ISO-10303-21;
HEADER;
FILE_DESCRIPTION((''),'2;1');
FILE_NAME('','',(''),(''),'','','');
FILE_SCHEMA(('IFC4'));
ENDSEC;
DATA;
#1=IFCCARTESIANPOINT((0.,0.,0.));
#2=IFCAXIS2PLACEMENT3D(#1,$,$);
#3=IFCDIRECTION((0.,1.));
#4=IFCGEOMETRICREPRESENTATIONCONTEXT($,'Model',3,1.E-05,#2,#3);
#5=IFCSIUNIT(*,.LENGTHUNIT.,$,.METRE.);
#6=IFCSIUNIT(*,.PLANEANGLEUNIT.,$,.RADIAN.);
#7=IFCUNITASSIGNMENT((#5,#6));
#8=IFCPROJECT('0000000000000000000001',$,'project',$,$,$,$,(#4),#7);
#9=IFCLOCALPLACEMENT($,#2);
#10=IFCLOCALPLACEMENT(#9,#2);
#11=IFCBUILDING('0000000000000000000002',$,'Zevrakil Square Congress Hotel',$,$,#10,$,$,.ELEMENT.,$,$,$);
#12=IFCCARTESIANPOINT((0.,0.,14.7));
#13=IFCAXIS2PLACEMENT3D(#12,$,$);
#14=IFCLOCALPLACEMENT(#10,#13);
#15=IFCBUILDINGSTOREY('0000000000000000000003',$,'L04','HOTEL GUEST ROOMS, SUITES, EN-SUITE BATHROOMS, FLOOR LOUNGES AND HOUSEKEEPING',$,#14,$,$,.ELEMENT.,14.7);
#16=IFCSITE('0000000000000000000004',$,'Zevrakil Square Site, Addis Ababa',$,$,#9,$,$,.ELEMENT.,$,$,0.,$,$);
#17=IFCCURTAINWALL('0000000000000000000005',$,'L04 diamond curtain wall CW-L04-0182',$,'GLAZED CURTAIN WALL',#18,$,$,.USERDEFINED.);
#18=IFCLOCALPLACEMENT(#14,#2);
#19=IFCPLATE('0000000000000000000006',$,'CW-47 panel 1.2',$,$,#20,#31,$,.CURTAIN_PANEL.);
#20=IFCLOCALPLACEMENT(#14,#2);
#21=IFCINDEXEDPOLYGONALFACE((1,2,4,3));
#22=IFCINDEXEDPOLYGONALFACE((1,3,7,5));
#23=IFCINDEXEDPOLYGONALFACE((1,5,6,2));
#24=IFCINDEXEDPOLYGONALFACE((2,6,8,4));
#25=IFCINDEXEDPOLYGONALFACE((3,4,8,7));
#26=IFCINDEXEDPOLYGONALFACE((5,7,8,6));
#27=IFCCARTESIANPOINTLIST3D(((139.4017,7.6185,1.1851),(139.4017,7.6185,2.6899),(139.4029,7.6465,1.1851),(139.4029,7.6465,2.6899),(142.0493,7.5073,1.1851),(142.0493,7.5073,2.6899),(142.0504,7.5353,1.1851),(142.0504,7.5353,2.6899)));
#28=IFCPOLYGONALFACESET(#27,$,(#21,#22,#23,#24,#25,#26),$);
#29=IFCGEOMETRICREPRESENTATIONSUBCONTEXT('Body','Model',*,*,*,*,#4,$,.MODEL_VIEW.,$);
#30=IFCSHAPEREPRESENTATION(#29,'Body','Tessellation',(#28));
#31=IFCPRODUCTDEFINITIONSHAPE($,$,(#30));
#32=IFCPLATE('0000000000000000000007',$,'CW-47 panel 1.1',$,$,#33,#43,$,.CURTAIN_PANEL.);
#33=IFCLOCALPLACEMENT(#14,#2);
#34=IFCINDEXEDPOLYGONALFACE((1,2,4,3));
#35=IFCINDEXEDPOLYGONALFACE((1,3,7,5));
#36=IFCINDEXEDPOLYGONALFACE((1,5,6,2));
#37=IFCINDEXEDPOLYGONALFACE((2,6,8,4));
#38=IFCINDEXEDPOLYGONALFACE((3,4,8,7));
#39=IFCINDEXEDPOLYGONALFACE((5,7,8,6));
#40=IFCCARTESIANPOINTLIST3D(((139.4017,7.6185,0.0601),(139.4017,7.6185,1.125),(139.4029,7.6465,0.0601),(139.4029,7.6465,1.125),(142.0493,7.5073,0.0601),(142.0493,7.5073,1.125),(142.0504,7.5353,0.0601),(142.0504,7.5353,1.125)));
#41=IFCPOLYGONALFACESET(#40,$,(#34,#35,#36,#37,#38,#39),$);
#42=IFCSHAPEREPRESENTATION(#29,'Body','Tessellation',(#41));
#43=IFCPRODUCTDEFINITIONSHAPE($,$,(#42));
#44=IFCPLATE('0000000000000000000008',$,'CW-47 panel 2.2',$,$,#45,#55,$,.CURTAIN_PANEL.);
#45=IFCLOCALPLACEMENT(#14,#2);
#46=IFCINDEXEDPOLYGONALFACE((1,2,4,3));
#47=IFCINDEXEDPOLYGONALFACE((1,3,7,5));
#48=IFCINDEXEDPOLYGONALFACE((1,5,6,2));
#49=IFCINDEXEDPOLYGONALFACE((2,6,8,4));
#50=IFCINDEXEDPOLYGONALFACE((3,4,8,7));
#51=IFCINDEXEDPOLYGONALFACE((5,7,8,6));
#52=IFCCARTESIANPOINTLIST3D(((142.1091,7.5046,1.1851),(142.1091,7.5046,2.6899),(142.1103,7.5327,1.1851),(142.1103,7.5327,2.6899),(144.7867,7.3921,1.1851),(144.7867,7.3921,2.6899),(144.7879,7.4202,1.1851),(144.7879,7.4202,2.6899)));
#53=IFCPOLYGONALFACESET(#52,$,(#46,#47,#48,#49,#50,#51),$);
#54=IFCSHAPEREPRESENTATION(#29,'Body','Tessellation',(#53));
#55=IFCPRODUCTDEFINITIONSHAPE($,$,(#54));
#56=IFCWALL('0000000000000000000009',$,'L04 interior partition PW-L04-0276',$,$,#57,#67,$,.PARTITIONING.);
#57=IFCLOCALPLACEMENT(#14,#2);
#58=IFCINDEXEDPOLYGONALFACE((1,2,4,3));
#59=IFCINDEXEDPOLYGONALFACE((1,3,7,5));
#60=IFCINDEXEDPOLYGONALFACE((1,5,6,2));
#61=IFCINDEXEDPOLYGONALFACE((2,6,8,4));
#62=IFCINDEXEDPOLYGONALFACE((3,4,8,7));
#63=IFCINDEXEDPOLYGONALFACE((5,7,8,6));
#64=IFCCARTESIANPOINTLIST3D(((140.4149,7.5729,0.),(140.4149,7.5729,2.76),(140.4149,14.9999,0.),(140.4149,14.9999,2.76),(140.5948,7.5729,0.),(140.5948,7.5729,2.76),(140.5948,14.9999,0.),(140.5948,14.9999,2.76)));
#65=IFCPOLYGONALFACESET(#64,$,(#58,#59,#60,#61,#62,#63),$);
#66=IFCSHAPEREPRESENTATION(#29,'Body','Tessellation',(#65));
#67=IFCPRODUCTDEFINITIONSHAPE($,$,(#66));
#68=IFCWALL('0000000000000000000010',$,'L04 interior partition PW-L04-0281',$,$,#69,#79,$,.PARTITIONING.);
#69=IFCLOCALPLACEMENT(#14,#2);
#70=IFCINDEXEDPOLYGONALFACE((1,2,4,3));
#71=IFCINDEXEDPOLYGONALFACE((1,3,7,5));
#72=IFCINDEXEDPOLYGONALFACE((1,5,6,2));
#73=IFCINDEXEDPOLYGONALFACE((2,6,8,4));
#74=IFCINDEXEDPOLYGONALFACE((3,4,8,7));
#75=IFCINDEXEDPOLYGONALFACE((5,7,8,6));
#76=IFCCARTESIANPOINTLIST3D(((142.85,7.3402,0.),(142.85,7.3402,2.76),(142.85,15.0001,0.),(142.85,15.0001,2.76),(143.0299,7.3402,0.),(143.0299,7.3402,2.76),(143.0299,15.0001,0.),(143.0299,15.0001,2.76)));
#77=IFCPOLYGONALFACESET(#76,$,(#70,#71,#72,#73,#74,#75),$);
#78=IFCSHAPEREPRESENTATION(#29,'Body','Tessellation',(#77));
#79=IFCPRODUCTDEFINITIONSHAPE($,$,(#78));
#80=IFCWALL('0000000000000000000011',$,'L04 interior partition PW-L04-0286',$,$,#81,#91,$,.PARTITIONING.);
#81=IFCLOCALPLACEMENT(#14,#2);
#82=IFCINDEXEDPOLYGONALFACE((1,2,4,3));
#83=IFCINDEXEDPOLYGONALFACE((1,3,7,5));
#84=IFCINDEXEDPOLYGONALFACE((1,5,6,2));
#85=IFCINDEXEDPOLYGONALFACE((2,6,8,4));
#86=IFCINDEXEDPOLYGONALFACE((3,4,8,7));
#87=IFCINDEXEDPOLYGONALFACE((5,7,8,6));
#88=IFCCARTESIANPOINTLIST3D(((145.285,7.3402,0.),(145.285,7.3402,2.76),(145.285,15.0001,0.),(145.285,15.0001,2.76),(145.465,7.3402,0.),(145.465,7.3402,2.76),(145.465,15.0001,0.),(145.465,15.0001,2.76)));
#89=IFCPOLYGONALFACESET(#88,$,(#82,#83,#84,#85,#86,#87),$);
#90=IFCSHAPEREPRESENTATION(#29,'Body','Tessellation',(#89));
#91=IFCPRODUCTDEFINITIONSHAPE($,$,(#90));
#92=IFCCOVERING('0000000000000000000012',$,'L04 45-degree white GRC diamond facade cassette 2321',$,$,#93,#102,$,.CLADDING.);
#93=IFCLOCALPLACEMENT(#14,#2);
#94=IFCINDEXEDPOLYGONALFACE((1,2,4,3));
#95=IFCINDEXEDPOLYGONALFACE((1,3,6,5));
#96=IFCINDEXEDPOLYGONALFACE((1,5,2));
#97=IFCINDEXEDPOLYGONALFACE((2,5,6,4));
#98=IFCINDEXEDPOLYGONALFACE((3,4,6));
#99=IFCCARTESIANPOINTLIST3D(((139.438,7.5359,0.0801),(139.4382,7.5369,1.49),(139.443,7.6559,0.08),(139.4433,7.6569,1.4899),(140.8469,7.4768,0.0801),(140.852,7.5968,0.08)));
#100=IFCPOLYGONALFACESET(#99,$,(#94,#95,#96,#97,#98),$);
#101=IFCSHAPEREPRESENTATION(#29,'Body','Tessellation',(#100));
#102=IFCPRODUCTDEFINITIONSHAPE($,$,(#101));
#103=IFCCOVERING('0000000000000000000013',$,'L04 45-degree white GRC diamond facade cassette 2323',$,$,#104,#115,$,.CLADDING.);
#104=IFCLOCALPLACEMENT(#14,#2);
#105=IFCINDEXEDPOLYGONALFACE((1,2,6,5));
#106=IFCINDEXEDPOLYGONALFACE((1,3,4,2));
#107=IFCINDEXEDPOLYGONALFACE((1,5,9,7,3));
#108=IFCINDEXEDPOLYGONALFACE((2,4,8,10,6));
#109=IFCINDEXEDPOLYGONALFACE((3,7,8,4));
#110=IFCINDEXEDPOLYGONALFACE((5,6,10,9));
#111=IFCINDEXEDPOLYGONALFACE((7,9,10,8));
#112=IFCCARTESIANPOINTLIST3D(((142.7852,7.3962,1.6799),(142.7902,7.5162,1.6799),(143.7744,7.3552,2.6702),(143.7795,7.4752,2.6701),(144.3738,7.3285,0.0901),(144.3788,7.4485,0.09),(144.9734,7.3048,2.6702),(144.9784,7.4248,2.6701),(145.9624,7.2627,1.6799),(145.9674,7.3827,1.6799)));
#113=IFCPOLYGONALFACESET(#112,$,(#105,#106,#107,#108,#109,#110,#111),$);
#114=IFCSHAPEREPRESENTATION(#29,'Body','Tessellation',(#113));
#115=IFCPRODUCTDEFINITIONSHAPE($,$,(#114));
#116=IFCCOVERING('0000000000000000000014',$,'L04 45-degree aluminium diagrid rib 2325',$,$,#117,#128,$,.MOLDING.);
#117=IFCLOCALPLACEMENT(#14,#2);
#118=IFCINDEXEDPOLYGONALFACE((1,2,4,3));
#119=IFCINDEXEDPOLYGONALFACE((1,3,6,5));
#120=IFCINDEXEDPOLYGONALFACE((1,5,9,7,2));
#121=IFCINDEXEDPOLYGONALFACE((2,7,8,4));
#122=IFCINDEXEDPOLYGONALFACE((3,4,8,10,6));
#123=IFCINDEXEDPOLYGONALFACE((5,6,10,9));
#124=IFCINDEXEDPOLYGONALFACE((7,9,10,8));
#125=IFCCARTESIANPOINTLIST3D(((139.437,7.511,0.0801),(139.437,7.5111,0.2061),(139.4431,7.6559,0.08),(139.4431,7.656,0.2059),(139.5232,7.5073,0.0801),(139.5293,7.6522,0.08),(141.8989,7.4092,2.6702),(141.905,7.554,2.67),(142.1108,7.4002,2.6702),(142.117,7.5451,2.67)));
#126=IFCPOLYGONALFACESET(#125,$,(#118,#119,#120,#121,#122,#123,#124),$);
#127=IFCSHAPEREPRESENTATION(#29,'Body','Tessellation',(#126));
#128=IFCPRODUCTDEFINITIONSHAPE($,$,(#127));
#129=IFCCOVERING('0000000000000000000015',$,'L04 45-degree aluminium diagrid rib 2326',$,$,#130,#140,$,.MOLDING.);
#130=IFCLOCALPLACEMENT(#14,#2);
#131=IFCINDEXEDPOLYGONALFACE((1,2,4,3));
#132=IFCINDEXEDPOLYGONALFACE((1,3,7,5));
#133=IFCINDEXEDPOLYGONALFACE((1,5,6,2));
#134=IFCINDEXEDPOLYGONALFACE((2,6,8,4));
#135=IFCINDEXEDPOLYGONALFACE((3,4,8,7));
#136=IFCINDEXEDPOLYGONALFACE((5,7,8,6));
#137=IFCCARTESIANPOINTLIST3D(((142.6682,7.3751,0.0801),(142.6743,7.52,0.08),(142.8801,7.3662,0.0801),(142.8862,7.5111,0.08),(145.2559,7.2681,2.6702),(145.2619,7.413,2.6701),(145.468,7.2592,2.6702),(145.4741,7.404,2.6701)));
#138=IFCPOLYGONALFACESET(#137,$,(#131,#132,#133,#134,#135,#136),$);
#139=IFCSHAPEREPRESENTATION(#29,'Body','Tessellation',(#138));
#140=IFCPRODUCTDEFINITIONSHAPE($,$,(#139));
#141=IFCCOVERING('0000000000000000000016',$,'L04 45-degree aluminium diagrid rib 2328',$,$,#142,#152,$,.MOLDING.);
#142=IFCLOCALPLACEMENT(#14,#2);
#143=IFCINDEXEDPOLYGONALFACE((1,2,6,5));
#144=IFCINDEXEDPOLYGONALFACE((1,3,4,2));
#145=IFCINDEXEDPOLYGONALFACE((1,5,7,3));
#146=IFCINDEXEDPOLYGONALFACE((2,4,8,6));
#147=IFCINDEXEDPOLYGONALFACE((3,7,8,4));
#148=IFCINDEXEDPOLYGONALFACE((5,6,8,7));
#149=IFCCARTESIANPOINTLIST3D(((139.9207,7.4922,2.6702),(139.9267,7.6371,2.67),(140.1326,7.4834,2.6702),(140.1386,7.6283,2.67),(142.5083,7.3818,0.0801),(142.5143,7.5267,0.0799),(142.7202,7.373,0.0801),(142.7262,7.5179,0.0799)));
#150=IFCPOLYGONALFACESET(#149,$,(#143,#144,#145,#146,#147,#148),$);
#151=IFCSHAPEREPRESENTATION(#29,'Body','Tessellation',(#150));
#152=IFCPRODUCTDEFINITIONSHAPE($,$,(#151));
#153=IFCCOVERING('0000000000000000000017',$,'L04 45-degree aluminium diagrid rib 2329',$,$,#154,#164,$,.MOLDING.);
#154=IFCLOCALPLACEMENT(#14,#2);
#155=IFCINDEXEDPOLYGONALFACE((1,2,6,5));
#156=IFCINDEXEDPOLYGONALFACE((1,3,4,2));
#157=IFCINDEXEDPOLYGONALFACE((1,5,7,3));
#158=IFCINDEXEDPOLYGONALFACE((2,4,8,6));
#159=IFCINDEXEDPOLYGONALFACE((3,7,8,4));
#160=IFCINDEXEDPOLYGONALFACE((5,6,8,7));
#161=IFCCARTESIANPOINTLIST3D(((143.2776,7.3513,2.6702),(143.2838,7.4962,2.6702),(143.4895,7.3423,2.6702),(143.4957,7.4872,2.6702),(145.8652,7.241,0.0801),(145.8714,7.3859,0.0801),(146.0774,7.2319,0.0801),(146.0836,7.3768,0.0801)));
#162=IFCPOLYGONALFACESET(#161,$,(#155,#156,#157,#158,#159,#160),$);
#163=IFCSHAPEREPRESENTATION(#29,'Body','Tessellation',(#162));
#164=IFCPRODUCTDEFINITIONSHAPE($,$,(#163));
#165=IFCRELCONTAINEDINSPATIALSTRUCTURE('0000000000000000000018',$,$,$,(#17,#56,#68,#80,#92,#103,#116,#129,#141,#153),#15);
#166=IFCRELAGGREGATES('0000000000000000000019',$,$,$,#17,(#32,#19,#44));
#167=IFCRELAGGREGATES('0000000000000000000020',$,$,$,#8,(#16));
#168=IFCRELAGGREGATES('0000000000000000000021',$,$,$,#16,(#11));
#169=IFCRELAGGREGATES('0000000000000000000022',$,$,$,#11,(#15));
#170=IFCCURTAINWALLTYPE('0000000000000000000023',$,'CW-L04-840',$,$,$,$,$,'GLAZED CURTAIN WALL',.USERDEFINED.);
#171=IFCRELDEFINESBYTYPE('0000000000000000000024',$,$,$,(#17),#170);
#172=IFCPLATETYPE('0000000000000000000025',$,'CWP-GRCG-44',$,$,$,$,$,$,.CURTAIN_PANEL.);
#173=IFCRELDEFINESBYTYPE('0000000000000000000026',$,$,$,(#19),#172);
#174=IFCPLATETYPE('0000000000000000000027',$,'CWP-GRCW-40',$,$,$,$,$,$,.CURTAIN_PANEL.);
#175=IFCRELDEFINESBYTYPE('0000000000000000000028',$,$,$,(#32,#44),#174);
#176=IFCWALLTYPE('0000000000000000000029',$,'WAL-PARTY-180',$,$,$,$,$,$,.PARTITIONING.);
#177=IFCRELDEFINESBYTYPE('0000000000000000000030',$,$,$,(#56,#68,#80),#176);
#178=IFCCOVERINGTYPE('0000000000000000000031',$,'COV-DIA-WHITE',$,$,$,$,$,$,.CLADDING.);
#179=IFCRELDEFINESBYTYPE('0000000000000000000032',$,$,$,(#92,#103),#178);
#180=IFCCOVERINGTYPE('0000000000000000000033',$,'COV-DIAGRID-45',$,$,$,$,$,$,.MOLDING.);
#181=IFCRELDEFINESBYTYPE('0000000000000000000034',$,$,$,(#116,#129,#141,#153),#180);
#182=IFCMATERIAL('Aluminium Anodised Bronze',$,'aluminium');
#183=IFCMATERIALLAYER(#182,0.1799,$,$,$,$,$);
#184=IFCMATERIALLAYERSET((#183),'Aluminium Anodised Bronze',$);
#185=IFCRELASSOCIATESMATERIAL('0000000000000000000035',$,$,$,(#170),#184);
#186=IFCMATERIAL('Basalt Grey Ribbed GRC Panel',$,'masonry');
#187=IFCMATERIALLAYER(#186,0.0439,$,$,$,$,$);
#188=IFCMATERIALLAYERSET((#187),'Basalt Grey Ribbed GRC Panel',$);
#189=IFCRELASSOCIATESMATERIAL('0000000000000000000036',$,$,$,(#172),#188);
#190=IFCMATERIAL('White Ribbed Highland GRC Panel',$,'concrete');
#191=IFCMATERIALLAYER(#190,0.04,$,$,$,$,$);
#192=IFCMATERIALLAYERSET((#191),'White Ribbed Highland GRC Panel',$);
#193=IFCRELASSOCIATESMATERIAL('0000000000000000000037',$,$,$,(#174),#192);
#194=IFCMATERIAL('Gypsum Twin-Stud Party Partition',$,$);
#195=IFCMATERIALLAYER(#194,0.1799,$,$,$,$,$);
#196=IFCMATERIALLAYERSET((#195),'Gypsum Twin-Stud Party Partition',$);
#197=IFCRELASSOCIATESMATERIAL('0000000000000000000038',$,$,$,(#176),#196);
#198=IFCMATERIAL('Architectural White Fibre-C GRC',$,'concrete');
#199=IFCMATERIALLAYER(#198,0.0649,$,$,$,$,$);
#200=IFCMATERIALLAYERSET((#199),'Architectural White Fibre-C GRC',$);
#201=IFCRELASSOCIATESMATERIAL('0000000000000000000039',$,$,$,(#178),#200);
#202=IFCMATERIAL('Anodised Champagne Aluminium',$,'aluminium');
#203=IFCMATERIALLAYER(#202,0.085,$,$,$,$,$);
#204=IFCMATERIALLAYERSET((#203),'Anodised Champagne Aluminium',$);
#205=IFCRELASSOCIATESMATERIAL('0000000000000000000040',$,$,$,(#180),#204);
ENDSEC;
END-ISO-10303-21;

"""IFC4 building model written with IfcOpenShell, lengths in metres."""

from ifc_helpers import new_model, si_unit, direction, frame, frame_2d, origin, origin_2d, place, context, subcontext, project, spatial, polyline, rectangle, outline, extrude, material, layer, layer_set, type_object, element, aggregate, save


model = new_model("IFC4")

# Units and contexts
model_context = context("Model", 3, precision=1e-05, world=origin(), true_north=direction((0.0, 1.0)))
body_context = subcontext(model_context, "Body", "Model", "MODEL_VIEW")
ifc_project = project(units=[si_unit("LENGTHUNIT", "METRE"), si_unit("PLANEANGLEUNIT", "RADIAN")], contexts=[model_context])

# Site, building, storey
site_placement = place(None, origin())
site = spatial("IfcSite", under=ifc_project, at=site_placement, Name="Zevrakil Square Site, Addis Ababa", CompositionType="ELEMENT", RefElevation=0.0)
building_placement = place(site_placement, origin())
building = spatial("IfcBuilding", under=site, at=building_placement, Name="Zevrakil Square Congress Hotel", CompositionType="ELEMENT")
storey_placement = place(building_placement, frame((0.0, 0.0, 14.7)))
storey = spatial("IfcBuildingStorey", under=building, at=storey_placement, Name="L04", Description="HOTEL GUEST ROOMS, SUITES, EN-SUITE BATHROOMS, FLOOR LOUNGES AND HOUSEKEEPING", CompositionType="ELEMENT", Elevation=14.7)

# Curtain wall
ifc_material_1 = material(Name="Aluminium Anodised Bronze", Category="aluminium")
ifc_layer_1 = layer(ifc_material_1, 0.1799)
ifc_layer_set_1 = layer_set([ifc_layer_1], Name="Aluminium Anodised Bronze")
curtain_wall_type_1 = type_object("IfcCurtainWallType", Name="CW-L04-840", ElementType="GLAZED CURTAIN WALL", PredefinedType="USERDEFINED", material=ifc_layer_set_1)
curtain_wall_1_placement = place(storey_placement, origin())
curtain_wall_1 = element("IfcCurtainWall", 1, at=curtain_wall_1_placement, inside=storey, type_object=curtain_wall_type_1, Name="L04 diamond curtain wall CW-L04-0182", ObjectType="GLAZED CURTAIN WALL", PredefinedType="USERDEFINED")

# Plates
ifc_material_2 = material(Name="Basalt Grey Ribbed GRC Panel", Category="masonry")
ifc_layer_2 = layer(ifc_material_2, 0.0439)
ifc_layer_set_2 = layer_set([ifc_layer_2], Name="Basalt Grey Ribbed GRC Panel")
plate_type_1 = type_object("IfcPlateType", Name="CWP-GRCG-44", PredefinedType="CURTAIN_PANEL", material=ifc_layer_set_2)
plate_1_placement = place(storey_placement, frame((140.7261, 7.5769, 1.1851), z_axis=(0.0, 0.0, 1.0), x_axis=(0.999119, -0.041971, 0.0)))
plate_1 = element("IfcPlate", 2, at=plate_1_placement, type_object=plate_type_1, Name="CW-47 panel 1.2", PredefinedType="CURTAIN_PANEL", context=body_context, shape_type="SweptSolid", body=[
    extrude(rectangle(XDim=2.6499, YDim=0.0281, at=origin_2d()), origin(), (0.0, 0.0, 1.0), 1.5049),
])
ifc_material_3 = material(Name="White Ribbed Highland GRC Panel", Category="concrete")
ifc_layer_3 = layer(ifc_material_3, 0.04)
ifc_layer_set_3 = layer_set([ifc_layer_3], Name="White Ribbed Highland GRC Panel")
plate_type_2 = type_object("IfcPlateType", Name="CWP-GRCW-40", PredefinedType="CURTAIN_PANEL", material=ifc_layer_set_3)
plate_2_placement = place(storey_placement, frame((140.7261, 7.5769, 0.0601), z_axis=(0.0, 0.0, 1.0), x_axis=(0.999119, -0.041971, 0.0)))
plate_2 = element("IfcPlate", 3, at=plate_2_placement, type_object=plate_type_2, Name="CW-47 panel 1.1", PredefinedType="CURTAIN_PANEL", context=body_context, shape_type="SweptSolid", body=[
    extrude(rectangle(XDim=2.6499, YDim=0.0281, at=origin_2d()), origin(), (0.0, 0.0, 1.0), 1.0649),
])
plate_3_placement = place(storey_placement, frame((143.4485, 7.4624, 1.1851), z_axis=(0.0, 0.0, 1.0), x_axis=(0.999119, -0.041971, 0.0)))
plate_3 = element("IfcPlate", 4, at=plate_3_placement, type_object=plate_type_2, Name="CW-47 panel 2.2", PredefinedType="CURTAIN_PANEL", context=body_context, shape_type="SweptSolid", body=[
    extrude(rectangle(XDim=2.6799, YDim=0.0281, at=origin_2d()), origin(), (0.0, 0.0, 1.0), 1.5049),
])
aggregate(curtain_wall_1, [plate_2, plate_1, plate_3])

# Walls
ifc_material_4 = material(Name="Gypsum Twin-Stud Party Partition")
ifc_layer_4 = layer(ifc_material_4, 0.1799)
ifc_layer_set_4 = layer_set([ifc_layer_4], Name="Gypsum Twin-Stud Party Partition")
wall_type = type_object("IfcWallType", Name="WAL-PARTY-180", PredefinedType="PARTITIONING", material=ifc_layer_set_4)
wall_placement = place(storey_placement, frame((140.5049, 7.573, 0.0), z_axis=(0.0, 0.0, 1.0), x_axis=(0.0, 1.0, 0.0)))
element("IfcWall", 5, at=wall_placement, inside=storey, type_object=wall_type, Name="L04 interior partition PW-L04-0276", PredefinedType="PARTITIONING", context=body_context, shape_type="SweptSolid", body=[
    extrude(rectangle(XDim=7.427, YDim=0.1799, at=frame_2d((3.7134, 0.0))), origin(), (0.0, 0.0, 1.0), 2.76),
])
for number, where, z_axis, x_axis, name in (
    (6, (142.9399, 7.3401, 0.0), (0.0, 0.0, 1.0), (0.0, 1.0, 0.0), "L04 interior partition PW-L04-0281"),
    (7, (145.375, 7.3401, 0.0), (0.0, 0.0, 1.0), (0.0, 1.0, 0.0), "L04 interior partition PW-L04-0286"),
):
    element("IfcWall", number, at=place(storey_placement, frame(where, z_axis=z_axis, x_axis=x_axis)), inside=storey, type_object=wall_type, Name=name, PredefinedType="PARTITIONING", context=body_context, shape_type="SweptSolid", body=[
        extrude(rectangle(XDim=7.6599, YDim=0.1799, at=frame_2d((3.8301, 0.0))), origin(), (0.0, 0.0, 1.0), 2.76),
    ])

# Coverings
ifc_material_5 = material(Name="Architectural White Fibre-C GRC", Category="concrete")
ifc_layer_5 = layer(ifc_material_5, 0.0649)
ifc_layer_set_5 = layer_set([ifc_layer_5], Name="Architectural White Fibre-C GRC")
covering_type_1 = type_object("IfcCoveringType", Name="COV-DIA-WHITE", PredefinedType="CLADDING", material=ifc_layer_set_5)
covering_1_placement = place(storey_placement, frame((140.8469, 7.4768, 0.0801), z_axis=(-0.041897, -0.999122, 0.000699), x_axis=(-0.999122, 0.041897, 0.0)))
element("IfcCovering", 8, at=covering_1_placement, inside=storey, type_object=covering_type_1, Name="L04 45-degree white GRC diamond facade cassette 2321", PredefinedType="CLADDING", context=body_context, shape_type="SweptSolid", body=[
    extrude(outline(polyline([(0.0, 0.0), (1.4102, 0.0), (1.41, -1.4099), (0.0, 0.0)])), origin(), (0.0, 0.0, -1.0), 0.1201),
])
covering_2_placement = place(storey_placement, frame((145.9624, 7.2627, 1.6799), z_axis=(-0.041984, -0.999118, 0.000576), x_axis=(-0.706533, 0.029282, -0.707074)))
element("IfcCovering", 9, at=covering_2_placement, inside=storey, type_object=covering_type_1, Name="L04 45-degree white GRC diamond facade cassette 2323", PredefinedType="CLADDING", context=body_context, shape_type="SweptSolid", body=[
    extrude(outline(polyline([(0.0, 0.0), (2.2485, 0.0), (2.2487, -2.2485), (0.8484, -2.2487), (-0.0002, -1.4002), (0.0, 0.0)])), origin(), (0.0, 0.0, -1.0), 0.1201),
])
ifc_material_6 = material(Name="Anodised Champagne Aluminium", Category="aluminium")
ifc_layer_6 = layer(ifc_material_6, 0.085)
ifc_layer_set_6 = layer_set([ifc_layer_6], Name="Anodised Champagne Aluminium")
covering_type_2 = type_object("IfcCoveringType", Name="COV-DIAGRID-45", PredefinedType="MOLDING", material=ifc_layer_set_6)
covering_3_placement = place(storey_placement, frame((139.5232, 7.5073, 0.0801), z_axis=(-0.042196, -0.999109, 0.000835), x_axis=(-0.999109, 0.042196, 0.0)))
element("IfcCovering", 10, at=covering_3_placement, inside=storey, type_object=covering_type_2, Name="L04 45-degree aluminium diagrid rib 2325", PredefinedType="MOLDING", context=body_context, shape_type="SweptSolid", body=[
    extrude(outline(polyline([(0.0, 0.0), (0.0863, 0.0), (0.0863, -0.126), (-2.3778, -2.5901), (-2.5899, -2.5901), (0.0, 0.0)])), origin(), (0.0, 0.0, -1.0), 0.145),
])
covering_4_placement = place(storey_placement, frame((142.8801, 7.3662, 0.0801), z_axis=(-0.041989, -0.999118, 0.000655), x_axis=(-0.999118, 0.041989, 0.0)))
element("IfcCovering", 11, at=covering_4_placement, inside=storey, type_object=covering_type_2, Name="L04 45-degree aluminium diagrid rib 2326", PredefinedType="MOLDING", context=body_context, shape_type="SweptSolid", body=[
    extrude(outline(polyline([(0.0, 0.0), (0.2121, 0.0), (-2.3778, -2.5901), (-2.5901, -2.5901), (0.0, 0.0)])), origin(), (0.0, 0.0, -1.0), 0.145),
])
covering_5_placement = place(storey_placement, frame((139.9207, 7.4922, 2.6702), z_axis=(-0.041439, -0.99914, 0.001169), x_axis=(0.999141, -0.041439, 0.0)))
element("IfcCovering", 12, at=covering_5_placement, inside=storey, type_object=covering_type_2, Name="L04 45-degree aluminium diagrid rib 2328", PredefinedType="MOLDING", context=body_context, shape_type="SweptSolid", body=[
    extrude(outline(polyline([(0.0, 0.0), (0.2121, 0.0), (2.8021, -2.5901), (2.59, -2.5901), (0.0, 0.0)])), origin(), (0.0, 0.0, -1.0), 0.145),
])
covering_6_placement = place(storey_placement, frame((143.2776, 7.3513, 2.6702), z_axis=(-0.042564, -0.999094, 0.000041), x_axis=(0.999094, -0.042564, 0.0)))
element("IfcCovering", 13, at=covering_6_placement, inside=storey, type_object=covering_type_2, Name="L04 45-degree aluminium diagrid rib 2329", PredefinedType="MOLDING", context=body_context, shape_type="SweptSolid", body=[
    extrude(outline(polyline([(0.0, 0.0), (0.2121, 0.0), (2.8023, -2.5901), (2.59, -2.5901), (0.0, 0.0)])), origin(), (0.0, 0.0, -1.0), 0.145),
])

save(model, "model.ifc")
